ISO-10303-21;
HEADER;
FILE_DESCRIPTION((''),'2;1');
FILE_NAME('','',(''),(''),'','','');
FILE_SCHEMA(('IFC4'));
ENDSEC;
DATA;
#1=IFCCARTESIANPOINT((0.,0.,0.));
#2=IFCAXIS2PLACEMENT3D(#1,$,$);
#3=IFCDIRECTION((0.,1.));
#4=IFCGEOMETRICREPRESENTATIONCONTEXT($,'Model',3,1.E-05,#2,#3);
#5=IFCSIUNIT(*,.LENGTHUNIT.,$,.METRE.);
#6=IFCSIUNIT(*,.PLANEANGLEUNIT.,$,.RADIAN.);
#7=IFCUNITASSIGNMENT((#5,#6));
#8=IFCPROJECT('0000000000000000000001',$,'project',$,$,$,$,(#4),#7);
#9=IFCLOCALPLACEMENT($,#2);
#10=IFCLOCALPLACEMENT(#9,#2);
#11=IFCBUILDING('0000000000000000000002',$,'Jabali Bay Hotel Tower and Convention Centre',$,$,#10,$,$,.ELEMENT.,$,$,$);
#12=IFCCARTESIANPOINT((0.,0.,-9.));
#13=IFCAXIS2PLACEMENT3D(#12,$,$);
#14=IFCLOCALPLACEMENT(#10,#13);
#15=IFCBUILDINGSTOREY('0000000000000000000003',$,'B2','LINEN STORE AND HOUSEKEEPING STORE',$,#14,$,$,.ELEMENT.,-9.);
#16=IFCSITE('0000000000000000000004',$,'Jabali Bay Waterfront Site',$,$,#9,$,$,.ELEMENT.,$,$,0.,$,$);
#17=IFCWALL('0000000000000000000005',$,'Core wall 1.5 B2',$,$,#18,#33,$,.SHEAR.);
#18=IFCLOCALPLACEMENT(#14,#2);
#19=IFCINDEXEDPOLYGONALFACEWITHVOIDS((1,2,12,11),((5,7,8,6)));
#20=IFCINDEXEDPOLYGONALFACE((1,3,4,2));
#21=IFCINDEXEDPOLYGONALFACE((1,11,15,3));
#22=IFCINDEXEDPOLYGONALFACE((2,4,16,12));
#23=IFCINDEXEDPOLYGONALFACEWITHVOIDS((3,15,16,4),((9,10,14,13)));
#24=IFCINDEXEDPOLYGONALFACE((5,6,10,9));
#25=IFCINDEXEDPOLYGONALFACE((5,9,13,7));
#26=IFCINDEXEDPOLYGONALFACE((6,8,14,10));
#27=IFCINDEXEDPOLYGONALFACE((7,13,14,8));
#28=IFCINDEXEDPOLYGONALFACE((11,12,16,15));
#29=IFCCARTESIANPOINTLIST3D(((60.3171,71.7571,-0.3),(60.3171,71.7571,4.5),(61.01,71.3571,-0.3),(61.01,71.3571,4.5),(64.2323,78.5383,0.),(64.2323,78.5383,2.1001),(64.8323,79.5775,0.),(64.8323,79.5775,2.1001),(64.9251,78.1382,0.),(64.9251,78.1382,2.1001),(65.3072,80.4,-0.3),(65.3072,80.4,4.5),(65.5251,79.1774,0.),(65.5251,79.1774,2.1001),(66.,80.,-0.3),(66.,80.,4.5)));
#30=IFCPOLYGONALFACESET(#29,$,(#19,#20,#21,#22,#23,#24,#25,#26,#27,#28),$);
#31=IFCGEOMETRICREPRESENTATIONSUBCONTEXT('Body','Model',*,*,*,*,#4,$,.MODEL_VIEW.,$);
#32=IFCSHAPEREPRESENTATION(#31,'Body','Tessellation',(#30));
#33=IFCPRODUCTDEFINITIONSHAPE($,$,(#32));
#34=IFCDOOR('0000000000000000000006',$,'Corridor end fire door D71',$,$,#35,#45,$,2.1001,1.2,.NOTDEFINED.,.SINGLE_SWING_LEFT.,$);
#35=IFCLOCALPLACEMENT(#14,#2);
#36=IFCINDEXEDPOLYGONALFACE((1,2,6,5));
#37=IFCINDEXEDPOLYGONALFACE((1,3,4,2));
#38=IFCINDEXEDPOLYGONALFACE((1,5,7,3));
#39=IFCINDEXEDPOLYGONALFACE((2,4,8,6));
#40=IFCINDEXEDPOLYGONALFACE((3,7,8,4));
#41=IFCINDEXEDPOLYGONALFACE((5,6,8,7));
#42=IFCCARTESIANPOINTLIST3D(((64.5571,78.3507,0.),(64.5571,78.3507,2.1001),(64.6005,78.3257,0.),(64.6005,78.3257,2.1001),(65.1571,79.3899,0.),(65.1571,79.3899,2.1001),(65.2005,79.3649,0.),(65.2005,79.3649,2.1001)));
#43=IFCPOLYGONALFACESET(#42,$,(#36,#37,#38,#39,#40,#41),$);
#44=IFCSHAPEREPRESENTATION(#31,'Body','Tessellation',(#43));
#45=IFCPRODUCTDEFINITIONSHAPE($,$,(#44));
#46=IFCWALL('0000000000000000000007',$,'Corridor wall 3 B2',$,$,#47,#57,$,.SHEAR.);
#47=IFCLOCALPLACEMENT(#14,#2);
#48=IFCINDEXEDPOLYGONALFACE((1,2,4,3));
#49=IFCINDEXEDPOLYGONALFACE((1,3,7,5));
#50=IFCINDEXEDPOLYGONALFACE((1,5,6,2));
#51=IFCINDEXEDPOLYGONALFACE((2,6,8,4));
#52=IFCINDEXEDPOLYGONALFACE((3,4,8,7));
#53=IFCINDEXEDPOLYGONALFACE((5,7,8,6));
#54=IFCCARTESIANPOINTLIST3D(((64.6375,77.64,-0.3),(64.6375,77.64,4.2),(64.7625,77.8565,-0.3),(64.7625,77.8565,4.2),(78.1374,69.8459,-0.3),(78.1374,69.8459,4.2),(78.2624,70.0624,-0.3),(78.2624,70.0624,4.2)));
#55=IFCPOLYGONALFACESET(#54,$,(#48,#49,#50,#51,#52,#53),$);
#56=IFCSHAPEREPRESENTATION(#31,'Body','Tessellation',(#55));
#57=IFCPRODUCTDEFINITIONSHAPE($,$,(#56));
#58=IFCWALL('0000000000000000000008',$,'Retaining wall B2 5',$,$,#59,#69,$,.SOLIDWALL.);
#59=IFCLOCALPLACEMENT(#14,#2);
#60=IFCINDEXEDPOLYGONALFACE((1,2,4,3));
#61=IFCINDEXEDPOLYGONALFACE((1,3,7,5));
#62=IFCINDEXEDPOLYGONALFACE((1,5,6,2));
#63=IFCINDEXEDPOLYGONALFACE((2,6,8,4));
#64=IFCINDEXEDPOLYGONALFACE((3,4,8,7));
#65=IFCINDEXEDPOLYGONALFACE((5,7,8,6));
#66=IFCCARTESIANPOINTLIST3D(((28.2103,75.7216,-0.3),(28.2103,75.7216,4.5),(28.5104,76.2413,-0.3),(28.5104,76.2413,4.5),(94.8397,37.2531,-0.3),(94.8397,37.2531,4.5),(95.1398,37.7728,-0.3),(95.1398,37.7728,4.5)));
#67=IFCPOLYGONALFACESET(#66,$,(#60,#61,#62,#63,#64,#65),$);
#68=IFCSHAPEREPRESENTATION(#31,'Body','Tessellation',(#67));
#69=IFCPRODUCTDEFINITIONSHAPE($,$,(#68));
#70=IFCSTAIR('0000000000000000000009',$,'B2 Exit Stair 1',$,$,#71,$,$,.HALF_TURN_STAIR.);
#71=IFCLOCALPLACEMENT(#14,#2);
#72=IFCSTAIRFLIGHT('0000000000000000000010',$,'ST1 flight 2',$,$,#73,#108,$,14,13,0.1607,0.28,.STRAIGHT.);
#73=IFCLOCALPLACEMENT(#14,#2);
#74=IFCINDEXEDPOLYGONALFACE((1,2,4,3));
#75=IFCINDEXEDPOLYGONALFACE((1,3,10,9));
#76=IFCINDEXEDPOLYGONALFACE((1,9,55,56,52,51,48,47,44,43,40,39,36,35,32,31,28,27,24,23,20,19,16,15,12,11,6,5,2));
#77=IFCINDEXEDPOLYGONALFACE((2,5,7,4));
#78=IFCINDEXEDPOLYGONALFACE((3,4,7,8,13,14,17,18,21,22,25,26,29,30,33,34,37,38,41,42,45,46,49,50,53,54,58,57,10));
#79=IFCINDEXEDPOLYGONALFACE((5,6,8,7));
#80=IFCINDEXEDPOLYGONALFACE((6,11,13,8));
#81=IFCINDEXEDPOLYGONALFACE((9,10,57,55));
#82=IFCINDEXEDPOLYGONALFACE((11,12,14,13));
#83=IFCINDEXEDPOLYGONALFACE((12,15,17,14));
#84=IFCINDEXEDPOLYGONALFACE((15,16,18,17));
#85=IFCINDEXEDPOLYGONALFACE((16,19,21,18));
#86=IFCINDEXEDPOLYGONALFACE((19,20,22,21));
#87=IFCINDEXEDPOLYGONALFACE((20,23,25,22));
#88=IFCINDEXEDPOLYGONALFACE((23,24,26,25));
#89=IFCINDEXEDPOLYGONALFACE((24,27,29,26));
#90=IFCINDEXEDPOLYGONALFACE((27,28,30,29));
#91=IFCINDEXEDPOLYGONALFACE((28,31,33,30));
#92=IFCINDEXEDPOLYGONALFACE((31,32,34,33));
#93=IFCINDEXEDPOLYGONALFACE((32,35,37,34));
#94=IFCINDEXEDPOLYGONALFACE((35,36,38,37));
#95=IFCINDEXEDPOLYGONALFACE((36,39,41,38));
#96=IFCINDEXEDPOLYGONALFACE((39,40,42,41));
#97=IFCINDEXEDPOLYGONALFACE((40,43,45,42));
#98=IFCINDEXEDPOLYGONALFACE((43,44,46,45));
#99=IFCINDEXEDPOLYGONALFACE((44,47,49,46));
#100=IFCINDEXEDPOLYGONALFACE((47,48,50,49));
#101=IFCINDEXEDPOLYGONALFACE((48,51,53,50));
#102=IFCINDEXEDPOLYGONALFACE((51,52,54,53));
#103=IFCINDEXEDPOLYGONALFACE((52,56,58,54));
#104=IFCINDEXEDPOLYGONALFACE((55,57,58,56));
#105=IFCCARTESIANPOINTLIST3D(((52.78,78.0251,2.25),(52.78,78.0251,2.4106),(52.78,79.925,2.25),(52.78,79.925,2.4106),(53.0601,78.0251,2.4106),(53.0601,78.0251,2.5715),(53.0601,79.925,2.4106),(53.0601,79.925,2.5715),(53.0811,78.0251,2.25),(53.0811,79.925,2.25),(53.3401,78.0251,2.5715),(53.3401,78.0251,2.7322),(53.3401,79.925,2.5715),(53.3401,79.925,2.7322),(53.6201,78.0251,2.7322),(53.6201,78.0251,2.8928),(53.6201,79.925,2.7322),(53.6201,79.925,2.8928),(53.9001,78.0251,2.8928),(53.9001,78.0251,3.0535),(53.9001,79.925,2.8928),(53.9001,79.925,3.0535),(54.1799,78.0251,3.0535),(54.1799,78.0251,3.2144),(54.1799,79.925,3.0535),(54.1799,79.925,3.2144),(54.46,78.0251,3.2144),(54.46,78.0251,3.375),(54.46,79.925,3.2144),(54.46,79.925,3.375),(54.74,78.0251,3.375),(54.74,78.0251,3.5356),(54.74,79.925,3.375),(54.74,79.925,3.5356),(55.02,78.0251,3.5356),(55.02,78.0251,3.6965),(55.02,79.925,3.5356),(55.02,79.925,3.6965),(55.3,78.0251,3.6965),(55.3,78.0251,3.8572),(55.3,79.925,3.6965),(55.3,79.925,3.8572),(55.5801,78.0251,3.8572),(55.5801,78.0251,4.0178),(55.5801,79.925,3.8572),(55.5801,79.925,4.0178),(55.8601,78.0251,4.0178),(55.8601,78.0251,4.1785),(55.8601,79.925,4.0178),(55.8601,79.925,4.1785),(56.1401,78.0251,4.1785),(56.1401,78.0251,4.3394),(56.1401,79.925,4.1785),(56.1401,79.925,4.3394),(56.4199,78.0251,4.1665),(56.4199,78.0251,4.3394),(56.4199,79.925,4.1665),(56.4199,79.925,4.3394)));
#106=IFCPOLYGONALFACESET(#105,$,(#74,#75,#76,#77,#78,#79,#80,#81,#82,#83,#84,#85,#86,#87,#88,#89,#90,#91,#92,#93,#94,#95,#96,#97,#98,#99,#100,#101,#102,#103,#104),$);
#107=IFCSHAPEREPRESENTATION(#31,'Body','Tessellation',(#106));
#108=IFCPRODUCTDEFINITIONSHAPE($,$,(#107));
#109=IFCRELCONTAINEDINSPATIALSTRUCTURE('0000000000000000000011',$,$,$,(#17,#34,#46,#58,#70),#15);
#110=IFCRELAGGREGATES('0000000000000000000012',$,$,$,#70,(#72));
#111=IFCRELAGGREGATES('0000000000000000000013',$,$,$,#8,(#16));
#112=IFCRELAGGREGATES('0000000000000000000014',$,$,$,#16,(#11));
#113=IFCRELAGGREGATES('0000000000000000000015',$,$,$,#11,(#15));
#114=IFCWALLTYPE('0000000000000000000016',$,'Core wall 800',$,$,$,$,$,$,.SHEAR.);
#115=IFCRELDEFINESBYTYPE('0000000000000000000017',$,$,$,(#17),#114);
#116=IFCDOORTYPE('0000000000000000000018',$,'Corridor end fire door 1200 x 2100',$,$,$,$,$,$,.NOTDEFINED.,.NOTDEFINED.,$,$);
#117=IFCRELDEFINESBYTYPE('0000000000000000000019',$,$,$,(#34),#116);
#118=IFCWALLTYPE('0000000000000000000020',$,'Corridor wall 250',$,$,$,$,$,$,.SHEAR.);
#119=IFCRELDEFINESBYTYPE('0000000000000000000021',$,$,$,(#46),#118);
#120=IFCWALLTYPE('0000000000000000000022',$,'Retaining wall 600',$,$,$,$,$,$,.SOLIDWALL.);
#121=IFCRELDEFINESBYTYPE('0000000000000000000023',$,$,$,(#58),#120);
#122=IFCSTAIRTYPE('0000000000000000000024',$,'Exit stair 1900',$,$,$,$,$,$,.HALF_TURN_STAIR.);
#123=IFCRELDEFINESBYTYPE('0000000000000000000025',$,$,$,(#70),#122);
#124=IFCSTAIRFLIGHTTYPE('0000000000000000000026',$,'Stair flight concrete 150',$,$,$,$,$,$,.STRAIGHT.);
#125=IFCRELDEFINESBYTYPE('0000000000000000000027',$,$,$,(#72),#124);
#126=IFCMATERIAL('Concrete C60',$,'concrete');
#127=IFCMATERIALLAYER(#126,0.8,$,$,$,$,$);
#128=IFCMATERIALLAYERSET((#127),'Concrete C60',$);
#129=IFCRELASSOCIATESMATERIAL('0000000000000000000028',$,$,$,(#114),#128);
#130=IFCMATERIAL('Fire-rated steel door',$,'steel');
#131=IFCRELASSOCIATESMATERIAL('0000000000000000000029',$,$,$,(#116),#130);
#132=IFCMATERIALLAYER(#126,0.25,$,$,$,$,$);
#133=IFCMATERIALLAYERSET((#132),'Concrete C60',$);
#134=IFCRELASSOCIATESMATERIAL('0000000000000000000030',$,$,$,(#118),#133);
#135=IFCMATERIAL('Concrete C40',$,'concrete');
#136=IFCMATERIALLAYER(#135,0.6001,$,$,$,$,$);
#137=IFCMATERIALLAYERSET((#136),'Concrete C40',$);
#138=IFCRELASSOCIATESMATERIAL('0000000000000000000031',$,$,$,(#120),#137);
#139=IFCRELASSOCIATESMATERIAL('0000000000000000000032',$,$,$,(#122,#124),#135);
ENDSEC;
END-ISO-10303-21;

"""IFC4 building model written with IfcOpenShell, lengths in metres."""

from ifc_helpers import new_model, si_unit, direction, frame, frame_2d, origin, place, context, subcontext, project, spatial, polyline, rectangle, outline, extrude, material, layer, layer_set, type_object, element, fill, aggregate, save


model = new_model("IFC4")

# Units and contexts
model_context = context("Model", 3, precision=1e-05, world=origin(), true_north=direction((0.0, 1.0)))
body_context = subcontext(model_context, "Body", "Model", "MODEL_VIEW")
ifc_project = project(units=[si_unit("LENGTHUNIT", "METRE"), si_unit("PLANEANGLEUNIT", "RADIAN")], contexts=[model_context])

# Site, building, storey
site_placement = place(None, origin())
site = spatial("IfcSite", under=ifc_project, at=site_placement, Name="Jabali Bay Waterfront Site", CompositionType="ELEMENT", RefElevation=0.0)
building_placement = place(site_placement, origin())
building = spatial("IfcBuilding", under=site, at=building_placement, Name="Jabali Bay Hotel Tower and Convention Centre", CompositionType="ELEMENT")
storey_placement = place(building_placement, frame((0.0, 0.0, -9.0)))
storey = spatial("IfcBuildingStorey", under=building, at=storey_placement, Name="B2", Description="LINEN STORE AND HOUSEKEEPING STORE", CompositionType="ELEMENT", Elevation=-9.0)

# Shared definitions
ifc_material_1 = material(Name="Concrete C60", Category="concrete")

# Shared definitions
ifc_material_2 = material(Name="Concrete C40", Category="concrete")
ifc_material_3 = material(Name="Fire-rated steel door", Category="steel")

# Shared definitions
ifc_layer_1 = layer(ifc_material_1, 0.8)
ifc_layer_set_1 = layer_set([ifc_layer_1], Name="Concrete C60")
wall_type_1 = type_object("IfcWallType", Name="Core wall 800", PredefinedType="SHEAR", material=ifc_layer_set_1)

# Wall, opening, door
wall_1_placement = place(storey_placement, frame((60.6636, 71.5571, -0.3), z_axis=(0.0, 0.0, 1.0), x_axis=(0.500004, 0.866023, 0.0)))
wall_1 = element("IfcWall", 1, at=wall_1_placement, inside=storey, type_object=wall_type_1, Name="Core wall 1.5 B2", PredefinedType="SHEAR", context=body_context, shape_type="SweptSolid", body=[
    extrude(rectangle(XDim=9.98, YDim=0.8, at=frame_2d((4.99, 0.0))), origin(), (0.0, 0.0, 1.0), 4.8),
])
opening_1_placement = place(wall_1_placement, frame((7.8301, 0.0, 0.3)))
opening_1 = element("IfcOpeningElement", 2, at=opening_1_placement, cuts=wall_1, PredefinedType="OPENING", context=body_context, shape_type="SweptSolid", body=[
    extrude(rectangle(XDim=1.2, YDim=2.1001, at=frame_2d((0.6001, 1.05))), frame((0.0, 0.4106, 0.0), z_axis=(0.0, -1.0, 0.0), x_axis=(1.0, 0.0, 0.0)), (0.0, 0.0, 1.0), 0.821),
])
door_type_1 = type_object("IfcDoorType", Name="Corridor end fire door 1200 x 2100", OperationType="NOTDEFINED", PredefinedType="NOTDEFINED", material=ifc_material_3)
door_1_placement = place(opening_1_placement, origin())
door_1 = element("IfcDoor", 3, at=door_1_placement, inside=storey, type_object=door_type_1, Name="Corridor end fire door D71", OperationType="SINGLE_SWING_LEFT", OverallHeight=2.1001, OverallWidth=1.2, PredefinedType="NOTDEFINED", context=body_context, shape_type="SweptSolid", body=[
    extrude(rectangle(XDim=1.2, YDim=2.1001, at=frame_2d((0.6001, 1.05))), frame((0.0, 0.0249, 0.0), z_axis=(0.0, -1.0, 0.0), x_axis=(1.0, 0.0, 0.0)), (0.0, 0.0, 1.0), 0.05),
])
fill(opening_1, door_1)

# Walls
ifc_layer_2 = layer(ifc_material_1, 0.25)
ifc_layer_set_2 = layer_set([ifc_layer_2], Name="Concrete C60")
wall_type_2 = type_object("IfcWallType", Name="Corridor wall 250", PredefinedType="SHEAR", material=ifc_layer_set_2)
wall_2_placement = place(storey_placement, frame((64.7, 77.7483, -0.3), z_axis=(0.0, 0.0, 1.0), x_axis=(0.866026, -0.499998, 0.0)))
element("IfcWall", 4, at=wall_2_placement, inside=storey, type_object=wall_type_2, Name="Corridor wall 3 B2", PredefinedType="SHEAR", context=body_context, shape_type="SweptSolid", body=[
    extrude(rectangle(XDim=15.5884, YDim=0.25, at=frame_2d((7.7942, 0.0))), origin(), (0.0, 0.0, 1.0), 4.5),
])
ifc_layer_3 = layer(ifc_material_2, 0.6001)
ifc_layer_set_3 = layer_set([ifc_layer_3], Name="Concrete C40")
wall_type_3 = type_object("IfcWallType", Name="Retaining wall 600", PredefinedType="SOLIDWALL", material=ifc_layer_set_3)
wall_3_placement = place(storey_placement, frame((28.3604, 75.9814, -0.3), z_axis=(0.0, 0.0, 1.0), x_axis=(0.866025, -0.5, 0.0)))
element("IfcWall", 5, at=wall_3_placement, inside=storey, type_object=wall_type_3, Name="Retaining wall B2 5", PredefinedType="SOLIDWALL", context=body_context, shape_type="SweptSolid", body=[
    extrude(rectangle(XDim=76.937, YDim=0.6001, at=frame_2d((38.4685, 0.0))), origin(), (0.0, 0.0, 1.0), 4.8),
])

# Stair, stair flight
stair_type = type_object("IfcStairType", Name="Exit stair 1900", PredefinedType="HALF_TURN_STAIR", material=ifc_material_2)
stair_placement = place(storey_placement, origin())
stair = element("IfcStair", 6, at=stair_placement, inside=storey, type_object=stair_type, Name="B2 Exit Stair 1", PredefinedType="HALF_TURN_STAIR")
stair_flight_type = type_object("IfcStairFlightType", Name="Stair flight concrete 150", PredefinedType="STRAIGHT", material=ifc_material_2)
stair_flight_placement = place(storey_placement, frame((52.78, 78.9751, 2.25), z_axis=(0.0, 0.0, 1.0), x_axis=(1.0, 0.0, 0.0)))
stair_flight = element("IfcStairFlight", 7, at=stair_flight_placement, type_object=stair_flight_type, Name="ST1 flight 2", NumberOfRisers=14, NumberOfTreads=13, PredefinedType="STRAIGHT", RiserHeight=0.1607, TreadLength=0.28, context=body_context, shape_type="SweptSolid", body=[
    extrude(outline(polyline([(0.0, 0.0), (0.0, 0.1606), (0.28, 0.1606), (0.28, 0.3215), (0.5601, 0.3215), (0.5601, 0.4822), (0.8401, 0.4822), (0.8401, 0.6428), (1.1201, 0.6428), (1.1201, 0.8035), (1.3999, 0.8035), (1.3999, 0.9644), (1.6799, 0.9644), (1.6799, 1.125), (1.96, 1.125), (1.96, 1.2856), (2.24, 1.2856), (2.24, 1.4465), (2.52, 1.4465), (2.52, 1.6072), (2.8, 1.6072), (2.8, 1.7678), (3.0801, 1.7678), (3.0801, 1.9285), (3.3601, 1.9285), (3.3601, 2.0894), (3.6399, 2.0894), (3.6399, 2.25), (3.6399, 1.9165), (0.301, 0.0), (0.0, 0.0)])), frame((0.0, 0.95, 0.0), z_axis=(0.0, -1.0, 0.0), x_axis=(1.0, 0.0, 0.0)), (0.0, 0.0, 1.0), 1.8999),
])
aggregate(stair, [stair_flight])

save(model, "model.ifc")
